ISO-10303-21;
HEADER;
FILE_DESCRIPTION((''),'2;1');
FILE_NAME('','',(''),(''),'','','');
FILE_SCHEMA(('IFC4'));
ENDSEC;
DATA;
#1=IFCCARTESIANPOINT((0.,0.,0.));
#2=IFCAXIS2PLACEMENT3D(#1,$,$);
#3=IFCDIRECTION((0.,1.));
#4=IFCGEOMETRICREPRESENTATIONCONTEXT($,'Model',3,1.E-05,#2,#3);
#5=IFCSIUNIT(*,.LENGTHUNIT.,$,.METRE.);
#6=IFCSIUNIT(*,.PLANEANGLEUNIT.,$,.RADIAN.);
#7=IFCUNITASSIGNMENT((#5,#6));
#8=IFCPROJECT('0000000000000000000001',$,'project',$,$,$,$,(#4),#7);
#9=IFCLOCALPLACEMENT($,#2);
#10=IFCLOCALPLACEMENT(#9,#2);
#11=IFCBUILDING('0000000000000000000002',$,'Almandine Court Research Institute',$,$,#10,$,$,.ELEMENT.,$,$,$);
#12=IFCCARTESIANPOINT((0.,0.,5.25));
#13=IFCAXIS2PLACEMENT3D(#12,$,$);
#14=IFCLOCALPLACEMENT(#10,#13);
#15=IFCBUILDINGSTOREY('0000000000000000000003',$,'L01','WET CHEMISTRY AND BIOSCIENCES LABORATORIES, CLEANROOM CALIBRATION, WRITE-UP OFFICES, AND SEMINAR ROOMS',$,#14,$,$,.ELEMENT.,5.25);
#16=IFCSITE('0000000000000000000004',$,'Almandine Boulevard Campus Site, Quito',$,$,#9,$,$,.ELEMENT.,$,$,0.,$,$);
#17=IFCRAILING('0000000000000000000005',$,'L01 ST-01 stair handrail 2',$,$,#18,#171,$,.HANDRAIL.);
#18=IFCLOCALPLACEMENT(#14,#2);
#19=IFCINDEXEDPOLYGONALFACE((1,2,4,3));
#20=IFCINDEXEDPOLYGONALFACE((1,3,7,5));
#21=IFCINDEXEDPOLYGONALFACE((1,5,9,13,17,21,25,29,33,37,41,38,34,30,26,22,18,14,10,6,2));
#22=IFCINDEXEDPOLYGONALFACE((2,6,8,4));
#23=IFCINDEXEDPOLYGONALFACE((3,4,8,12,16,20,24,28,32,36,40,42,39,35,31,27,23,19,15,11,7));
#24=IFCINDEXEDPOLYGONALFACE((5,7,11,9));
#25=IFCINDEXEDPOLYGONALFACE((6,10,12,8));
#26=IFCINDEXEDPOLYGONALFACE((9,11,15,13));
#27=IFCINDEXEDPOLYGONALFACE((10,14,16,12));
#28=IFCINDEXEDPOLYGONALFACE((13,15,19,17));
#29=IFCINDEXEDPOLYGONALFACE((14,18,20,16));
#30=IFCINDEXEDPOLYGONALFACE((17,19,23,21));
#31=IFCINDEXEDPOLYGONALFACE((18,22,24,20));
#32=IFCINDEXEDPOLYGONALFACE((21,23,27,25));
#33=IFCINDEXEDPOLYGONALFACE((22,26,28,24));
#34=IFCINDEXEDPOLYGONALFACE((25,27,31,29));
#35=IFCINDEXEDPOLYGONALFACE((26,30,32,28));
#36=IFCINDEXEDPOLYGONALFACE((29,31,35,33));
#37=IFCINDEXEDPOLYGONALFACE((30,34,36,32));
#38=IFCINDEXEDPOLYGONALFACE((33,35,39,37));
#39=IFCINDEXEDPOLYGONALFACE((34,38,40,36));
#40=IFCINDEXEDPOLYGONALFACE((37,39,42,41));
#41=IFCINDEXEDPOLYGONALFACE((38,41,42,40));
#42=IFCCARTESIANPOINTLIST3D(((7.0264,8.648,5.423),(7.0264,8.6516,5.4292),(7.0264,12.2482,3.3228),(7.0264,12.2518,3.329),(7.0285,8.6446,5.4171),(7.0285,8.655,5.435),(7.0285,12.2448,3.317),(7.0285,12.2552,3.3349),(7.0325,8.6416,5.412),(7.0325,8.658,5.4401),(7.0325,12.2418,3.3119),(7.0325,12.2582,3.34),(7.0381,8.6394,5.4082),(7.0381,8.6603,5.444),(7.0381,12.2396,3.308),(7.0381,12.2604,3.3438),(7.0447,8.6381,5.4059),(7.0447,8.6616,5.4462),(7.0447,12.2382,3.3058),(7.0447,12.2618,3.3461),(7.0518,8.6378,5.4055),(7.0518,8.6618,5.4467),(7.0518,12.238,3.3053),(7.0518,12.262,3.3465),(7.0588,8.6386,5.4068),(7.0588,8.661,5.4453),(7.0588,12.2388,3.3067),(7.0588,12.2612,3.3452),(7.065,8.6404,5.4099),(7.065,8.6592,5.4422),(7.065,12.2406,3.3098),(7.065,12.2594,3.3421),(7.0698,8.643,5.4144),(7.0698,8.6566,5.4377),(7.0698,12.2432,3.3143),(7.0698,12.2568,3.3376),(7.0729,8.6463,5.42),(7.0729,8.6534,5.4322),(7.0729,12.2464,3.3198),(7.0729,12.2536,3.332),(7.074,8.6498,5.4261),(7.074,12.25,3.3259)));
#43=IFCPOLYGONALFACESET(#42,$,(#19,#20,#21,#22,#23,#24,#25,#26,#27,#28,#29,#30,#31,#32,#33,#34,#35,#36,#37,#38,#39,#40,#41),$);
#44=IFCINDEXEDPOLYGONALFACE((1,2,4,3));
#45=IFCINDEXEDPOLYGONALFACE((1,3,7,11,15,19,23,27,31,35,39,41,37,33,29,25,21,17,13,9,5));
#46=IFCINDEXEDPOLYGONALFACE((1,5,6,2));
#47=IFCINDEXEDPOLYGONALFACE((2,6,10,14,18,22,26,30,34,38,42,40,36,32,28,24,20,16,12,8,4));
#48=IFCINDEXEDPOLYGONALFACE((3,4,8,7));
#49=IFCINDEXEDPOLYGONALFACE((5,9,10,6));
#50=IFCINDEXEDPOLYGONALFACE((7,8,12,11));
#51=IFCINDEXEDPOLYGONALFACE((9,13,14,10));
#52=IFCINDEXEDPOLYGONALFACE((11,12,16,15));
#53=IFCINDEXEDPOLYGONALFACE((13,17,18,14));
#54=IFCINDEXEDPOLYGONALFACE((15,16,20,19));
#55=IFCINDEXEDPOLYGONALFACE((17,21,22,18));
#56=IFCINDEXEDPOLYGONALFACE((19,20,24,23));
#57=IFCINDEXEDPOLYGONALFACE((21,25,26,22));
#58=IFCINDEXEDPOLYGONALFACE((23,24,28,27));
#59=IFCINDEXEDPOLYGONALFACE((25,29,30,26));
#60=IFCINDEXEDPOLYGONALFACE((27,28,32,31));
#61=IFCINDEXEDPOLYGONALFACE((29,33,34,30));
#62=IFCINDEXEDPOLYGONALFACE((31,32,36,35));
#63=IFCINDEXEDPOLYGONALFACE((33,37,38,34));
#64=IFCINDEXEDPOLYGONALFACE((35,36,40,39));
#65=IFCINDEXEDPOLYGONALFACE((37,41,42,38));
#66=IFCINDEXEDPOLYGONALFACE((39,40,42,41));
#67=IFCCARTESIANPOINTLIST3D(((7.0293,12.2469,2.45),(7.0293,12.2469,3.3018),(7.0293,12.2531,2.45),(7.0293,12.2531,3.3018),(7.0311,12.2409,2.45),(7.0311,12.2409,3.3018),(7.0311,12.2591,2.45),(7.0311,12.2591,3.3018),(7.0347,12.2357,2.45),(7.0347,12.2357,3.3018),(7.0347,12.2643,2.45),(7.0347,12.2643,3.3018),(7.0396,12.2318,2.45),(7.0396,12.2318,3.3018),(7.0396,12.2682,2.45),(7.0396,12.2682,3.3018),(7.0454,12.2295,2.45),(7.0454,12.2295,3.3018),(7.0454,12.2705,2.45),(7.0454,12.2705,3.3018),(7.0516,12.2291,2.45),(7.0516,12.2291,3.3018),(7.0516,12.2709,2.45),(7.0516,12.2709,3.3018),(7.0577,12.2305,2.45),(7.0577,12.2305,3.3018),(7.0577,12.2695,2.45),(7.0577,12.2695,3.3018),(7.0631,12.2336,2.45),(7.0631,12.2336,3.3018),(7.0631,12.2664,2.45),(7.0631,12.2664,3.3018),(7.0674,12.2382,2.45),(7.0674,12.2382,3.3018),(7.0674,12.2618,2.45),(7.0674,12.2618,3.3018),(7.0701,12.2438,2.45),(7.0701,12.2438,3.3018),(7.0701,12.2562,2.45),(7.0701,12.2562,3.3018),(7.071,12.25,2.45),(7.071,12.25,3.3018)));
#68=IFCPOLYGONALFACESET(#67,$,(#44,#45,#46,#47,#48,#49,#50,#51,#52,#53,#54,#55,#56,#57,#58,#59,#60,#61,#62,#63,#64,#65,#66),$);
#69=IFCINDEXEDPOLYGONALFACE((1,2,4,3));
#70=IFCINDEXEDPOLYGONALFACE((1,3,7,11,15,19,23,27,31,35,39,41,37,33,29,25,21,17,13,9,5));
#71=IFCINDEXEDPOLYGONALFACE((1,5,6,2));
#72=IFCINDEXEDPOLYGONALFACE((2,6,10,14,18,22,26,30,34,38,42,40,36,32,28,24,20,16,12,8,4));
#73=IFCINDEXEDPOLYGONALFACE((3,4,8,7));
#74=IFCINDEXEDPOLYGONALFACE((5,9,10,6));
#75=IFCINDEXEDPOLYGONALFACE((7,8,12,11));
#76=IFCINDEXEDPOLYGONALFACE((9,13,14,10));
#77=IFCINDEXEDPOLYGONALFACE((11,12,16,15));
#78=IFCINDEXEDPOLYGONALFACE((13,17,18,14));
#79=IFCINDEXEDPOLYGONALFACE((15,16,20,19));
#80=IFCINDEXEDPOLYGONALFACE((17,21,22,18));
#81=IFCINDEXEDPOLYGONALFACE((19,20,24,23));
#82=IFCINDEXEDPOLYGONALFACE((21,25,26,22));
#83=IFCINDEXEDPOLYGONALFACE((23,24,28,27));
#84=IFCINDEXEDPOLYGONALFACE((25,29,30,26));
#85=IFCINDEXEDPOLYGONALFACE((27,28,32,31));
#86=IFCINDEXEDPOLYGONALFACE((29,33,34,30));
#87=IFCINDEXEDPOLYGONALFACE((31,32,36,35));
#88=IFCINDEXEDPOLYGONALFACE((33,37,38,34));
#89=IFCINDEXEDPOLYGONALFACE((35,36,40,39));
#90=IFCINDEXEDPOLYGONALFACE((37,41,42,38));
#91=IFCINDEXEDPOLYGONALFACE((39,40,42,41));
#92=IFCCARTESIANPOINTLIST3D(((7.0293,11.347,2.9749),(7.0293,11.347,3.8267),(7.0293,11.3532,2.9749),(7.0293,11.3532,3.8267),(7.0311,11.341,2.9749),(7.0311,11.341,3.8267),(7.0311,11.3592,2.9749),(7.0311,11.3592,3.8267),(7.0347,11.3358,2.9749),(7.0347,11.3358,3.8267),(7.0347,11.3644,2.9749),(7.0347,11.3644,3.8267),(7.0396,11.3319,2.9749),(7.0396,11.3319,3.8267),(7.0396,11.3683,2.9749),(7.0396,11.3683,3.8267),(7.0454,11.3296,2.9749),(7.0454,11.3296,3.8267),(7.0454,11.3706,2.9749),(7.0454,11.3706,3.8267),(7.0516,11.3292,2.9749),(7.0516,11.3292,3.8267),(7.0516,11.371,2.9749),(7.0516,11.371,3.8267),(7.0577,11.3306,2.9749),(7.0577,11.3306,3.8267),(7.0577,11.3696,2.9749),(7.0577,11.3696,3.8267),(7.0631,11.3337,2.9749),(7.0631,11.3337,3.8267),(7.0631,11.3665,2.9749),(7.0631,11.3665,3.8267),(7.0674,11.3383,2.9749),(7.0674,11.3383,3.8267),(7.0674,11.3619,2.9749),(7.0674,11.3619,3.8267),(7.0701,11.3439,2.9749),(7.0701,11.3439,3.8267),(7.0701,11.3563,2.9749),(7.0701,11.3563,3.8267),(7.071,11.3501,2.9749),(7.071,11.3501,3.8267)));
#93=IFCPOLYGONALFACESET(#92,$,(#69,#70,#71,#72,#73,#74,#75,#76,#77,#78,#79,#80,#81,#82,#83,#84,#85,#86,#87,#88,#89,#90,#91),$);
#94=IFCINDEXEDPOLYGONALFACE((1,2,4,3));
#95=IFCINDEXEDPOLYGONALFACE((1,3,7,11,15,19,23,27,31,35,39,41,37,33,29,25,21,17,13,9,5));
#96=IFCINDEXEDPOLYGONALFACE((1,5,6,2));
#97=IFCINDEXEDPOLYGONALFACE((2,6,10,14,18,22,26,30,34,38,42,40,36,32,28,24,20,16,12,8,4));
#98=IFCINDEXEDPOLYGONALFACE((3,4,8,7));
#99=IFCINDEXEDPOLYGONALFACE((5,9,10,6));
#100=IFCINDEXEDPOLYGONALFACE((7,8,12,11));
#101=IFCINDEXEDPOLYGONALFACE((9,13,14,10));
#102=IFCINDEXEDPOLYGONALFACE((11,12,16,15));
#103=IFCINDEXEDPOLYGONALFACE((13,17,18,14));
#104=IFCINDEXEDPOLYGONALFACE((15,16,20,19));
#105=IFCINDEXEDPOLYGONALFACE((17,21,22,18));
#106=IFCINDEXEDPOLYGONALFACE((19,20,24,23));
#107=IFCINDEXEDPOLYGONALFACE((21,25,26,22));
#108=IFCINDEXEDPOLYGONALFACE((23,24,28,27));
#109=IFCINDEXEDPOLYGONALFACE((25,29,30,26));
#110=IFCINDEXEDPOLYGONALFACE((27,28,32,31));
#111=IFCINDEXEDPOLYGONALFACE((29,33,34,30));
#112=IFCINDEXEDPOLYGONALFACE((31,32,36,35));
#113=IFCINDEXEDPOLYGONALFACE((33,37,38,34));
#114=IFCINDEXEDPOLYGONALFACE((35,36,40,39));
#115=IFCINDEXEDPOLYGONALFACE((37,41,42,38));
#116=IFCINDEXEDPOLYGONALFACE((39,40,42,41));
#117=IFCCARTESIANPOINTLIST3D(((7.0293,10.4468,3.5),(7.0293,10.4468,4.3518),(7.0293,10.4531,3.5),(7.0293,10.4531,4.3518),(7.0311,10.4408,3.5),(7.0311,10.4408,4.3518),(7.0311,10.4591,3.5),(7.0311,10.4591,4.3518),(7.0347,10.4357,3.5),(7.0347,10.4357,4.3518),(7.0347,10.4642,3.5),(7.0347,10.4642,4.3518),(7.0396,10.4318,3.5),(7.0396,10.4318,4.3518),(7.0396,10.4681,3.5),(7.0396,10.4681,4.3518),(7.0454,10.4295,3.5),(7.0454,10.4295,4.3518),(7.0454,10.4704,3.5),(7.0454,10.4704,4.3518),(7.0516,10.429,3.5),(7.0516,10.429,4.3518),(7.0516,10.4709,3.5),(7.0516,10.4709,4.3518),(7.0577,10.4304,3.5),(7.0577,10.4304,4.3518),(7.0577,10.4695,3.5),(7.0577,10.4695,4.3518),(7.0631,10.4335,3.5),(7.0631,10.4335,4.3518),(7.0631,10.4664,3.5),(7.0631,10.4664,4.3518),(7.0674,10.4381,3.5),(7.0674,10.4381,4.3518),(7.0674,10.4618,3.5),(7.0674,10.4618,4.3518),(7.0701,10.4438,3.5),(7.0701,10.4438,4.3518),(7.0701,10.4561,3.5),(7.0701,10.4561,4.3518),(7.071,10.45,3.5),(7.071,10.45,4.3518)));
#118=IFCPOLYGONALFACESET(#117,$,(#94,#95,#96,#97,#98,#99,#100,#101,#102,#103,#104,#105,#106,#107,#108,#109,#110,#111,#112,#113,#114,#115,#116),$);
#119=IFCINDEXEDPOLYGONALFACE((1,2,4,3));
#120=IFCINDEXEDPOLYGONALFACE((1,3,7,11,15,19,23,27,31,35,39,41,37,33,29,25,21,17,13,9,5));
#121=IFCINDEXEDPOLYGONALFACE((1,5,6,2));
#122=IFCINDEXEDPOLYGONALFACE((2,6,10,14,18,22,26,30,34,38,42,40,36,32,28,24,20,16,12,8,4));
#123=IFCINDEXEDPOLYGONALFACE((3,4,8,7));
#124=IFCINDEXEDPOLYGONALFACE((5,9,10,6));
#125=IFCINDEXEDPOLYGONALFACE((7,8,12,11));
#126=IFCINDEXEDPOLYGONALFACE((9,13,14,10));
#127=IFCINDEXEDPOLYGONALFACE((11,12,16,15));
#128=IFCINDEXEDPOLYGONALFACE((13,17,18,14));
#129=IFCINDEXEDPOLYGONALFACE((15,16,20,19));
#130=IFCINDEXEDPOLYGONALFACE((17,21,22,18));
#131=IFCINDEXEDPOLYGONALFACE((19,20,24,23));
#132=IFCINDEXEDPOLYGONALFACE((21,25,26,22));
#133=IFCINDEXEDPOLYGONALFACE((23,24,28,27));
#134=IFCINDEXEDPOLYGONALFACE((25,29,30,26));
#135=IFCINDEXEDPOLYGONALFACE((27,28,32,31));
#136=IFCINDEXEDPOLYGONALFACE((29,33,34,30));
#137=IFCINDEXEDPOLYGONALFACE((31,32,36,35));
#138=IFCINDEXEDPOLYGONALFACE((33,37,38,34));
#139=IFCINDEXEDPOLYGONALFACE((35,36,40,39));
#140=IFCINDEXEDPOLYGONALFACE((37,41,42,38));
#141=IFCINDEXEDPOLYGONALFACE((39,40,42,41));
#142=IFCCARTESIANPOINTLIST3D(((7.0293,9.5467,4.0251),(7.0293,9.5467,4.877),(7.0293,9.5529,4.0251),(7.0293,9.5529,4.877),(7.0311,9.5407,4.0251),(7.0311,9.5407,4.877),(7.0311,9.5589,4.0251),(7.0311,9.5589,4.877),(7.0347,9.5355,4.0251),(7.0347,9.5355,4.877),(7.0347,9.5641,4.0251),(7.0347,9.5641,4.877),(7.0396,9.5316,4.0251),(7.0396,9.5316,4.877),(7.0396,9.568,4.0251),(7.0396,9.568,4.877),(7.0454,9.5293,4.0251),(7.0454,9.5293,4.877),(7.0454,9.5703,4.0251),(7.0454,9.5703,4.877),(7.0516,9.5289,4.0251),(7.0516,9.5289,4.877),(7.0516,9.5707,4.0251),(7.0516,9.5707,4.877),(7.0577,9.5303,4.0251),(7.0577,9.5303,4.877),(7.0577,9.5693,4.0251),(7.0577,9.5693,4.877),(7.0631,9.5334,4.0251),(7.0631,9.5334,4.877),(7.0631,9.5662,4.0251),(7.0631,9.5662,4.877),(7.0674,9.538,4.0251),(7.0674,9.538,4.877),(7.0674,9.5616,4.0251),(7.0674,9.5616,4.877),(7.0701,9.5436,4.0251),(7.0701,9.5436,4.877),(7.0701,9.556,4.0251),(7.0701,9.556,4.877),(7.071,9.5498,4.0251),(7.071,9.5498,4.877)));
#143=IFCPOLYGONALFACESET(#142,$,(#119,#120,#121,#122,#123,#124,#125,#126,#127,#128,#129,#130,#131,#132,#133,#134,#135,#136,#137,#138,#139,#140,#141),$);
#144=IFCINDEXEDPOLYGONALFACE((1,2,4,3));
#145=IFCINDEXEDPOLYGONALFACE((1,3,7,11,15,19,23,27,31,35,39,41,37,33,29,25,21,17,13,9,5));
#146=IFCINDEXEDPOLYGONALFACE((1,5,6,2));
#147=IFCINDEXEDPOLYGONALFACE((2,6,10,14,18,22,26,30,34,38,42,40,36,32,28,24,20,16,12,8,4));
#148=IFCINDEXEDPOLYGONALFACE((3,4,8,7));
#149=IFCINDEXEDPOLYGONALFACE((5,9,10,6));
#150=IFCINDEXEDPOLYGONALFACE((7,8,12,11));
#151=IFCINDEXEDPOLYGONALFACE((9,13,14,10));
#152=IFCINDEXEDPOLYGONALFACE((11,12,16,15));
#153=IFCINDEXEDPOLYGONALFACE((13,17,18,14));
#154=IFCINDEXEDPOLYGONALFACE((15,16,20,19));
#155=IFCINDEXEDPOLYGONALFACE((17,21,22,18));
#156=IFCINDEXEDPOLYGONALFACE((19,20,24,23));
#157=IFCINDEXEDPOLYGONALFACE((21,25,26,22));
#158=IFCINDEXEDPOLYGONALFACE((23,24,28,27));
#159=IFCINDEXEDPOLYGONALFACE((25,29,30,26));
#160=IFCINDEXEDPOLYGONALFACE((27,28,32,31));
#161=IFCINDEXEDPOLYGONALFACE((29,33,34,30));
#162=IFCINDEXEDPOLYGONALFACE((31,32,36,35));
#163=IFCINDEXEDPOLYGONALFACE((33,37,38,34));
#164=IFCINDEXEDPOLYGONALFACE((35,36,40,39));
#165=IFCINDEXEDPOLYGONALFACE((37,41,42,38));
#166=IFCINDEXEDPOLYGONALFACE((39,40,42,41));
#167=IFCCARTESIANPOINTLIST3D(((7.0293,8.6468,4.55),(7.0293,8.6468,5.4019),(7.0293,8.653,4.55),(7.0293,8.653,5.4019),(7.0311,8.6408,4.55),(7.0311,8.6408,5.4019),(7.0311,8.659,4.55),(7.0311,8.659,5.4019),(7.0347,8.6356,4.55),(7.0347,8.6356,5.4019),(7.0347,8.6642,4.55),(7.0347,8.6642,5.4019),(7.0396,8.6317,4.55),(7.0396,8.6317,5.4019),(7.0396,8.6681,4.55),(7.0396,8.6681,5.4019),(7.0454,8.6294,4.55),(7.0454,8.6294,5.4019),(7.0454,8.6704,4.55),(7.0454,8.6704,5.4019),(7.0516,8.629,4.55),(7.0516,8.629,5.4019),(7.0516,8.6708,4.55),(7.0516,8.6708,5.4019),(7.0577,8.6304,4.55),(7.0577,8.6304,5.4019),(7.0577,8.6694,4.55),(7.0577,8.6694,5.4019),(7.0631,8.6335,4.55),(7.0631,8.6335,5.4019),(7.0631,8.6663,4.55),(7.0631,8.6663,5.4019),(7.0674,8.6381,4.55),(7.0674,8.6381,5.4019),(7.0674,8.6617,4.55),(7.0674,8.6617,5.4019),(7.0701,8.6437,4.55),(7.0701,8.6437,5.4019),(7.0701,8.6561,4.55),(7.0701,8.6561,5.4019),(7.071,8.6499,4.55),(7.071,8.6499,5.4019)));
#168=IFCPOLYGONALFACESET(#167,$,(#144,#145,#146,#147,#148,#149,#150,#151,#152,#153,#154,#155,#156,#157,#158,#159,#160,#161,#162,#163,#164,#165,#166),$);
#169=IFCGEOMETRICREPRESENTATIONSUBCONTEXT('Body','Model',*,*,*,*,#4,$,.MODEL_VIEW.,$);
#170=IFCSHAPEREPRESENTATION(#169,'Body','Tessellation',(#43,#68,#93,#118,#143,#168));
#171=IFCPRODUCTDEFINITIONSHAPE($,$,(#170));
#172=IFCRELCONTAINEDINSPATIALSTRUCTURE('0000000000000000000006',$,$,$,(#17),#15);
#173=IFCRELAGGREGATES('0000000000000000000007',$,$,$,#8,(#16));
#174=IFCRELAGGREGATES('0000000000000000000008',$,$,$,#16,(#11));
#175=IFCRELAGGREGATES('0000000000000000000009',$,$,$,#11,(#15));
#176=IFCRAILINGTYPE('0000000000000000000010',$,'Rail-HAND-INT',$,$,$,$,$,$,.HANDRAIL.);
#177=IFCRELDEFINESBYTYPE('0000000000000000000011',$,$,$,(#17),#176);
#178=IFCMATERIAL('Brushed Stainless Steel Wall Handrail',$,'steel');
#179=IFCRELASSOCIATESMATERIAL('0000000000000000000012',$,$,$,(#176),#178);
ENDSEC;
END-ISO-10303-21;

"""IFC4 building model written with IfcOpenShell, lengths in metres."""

from ifc_helpers import new_model, si_unit, direction, frame, origin, origin_2d, place, context, subcontext, project, spatial, circle, extrude, material, type_object, element, save


model = new_model("IFC4")

# Units and contexts
model_context = context("Model", 3, precision=1e-05, world=origin(), true_north=direction((0.0, 1.0)))
body_context = subcontext(model_context, "Body", "Model", "MODEL_VIEW")
ifc_project = project(units=[si_unit("LENGTHUNIT", "METRE"), si_unit("PLANEANGLEUNIT", "RADIAN")], contexts=[model_context])

# Site, building, storey
site_placement = place(None, origin())
site = spatial("IfcSite", under=ifc_project, at=site_placement, Name="Almandine Boulevard Campus Site, Quito", CompositionType="ELEMENT", RefElevation=0.0)
building_placement = place(site_placement, origin())
building = spatial("IfcBuilding", under=site, at=building_placement, Name="Almandine Court Research Institute", CompositionType="ELEMENT")
storey_placement = place(building_placement, frame((0.0, 0.0, 5.25)))
storey = spatial("IfcBuildingStorey", under=building, at=storey_placement, Name="L01", Description="WET CHEMISTRY AND BIOSCIENCES LABORATORIES, CLEANROOM CALIBRATION, WRITE-UP OFFICES, AND SEMINAR ROOMS", CompositionType="ELEMENT", Elevation=5.25)

# Railing
ifc_material_1 = material(Name="Brushed Stainless Steel Wall Handrail", Category="steel")
railing_type = type_object("IfcRailingType", Name="Rail-HAND-INT", PredefinedType="HANDRAIL", material=ifc_material_1)
railing_placement = place(storey_placement, frame((7.05, 12.25, 2.45)))
element("IfcRailing", 1, at=railing_placement, inside=storey, type_object=railing_type, Name="L01 ST-01 stair handrail 2", PredefinedType="HANDRAIL", context=body_context, shape_type="SweptSolid", body=[
    extrude(circle(Radius=0.0239, at=origin_2d()), frame((0.0, 0.0, 0.876), z_axis=(0.0, -0.863775, 0.503878), x_axis=(1.0, 0.0, 0.0)), (0.0, 0.0, 1.0), 4.168),
    extrude(circle(Radius=0.021, at=origin_2d()), origin(), (0.0, 0.0, 1.0), 0.8518),
    extrude(circle(Radius=0.021, at=origin_2d()), frame((0.0, -0.8999, 0.5249)), (0.0, 0.0, 1.0), 0.8518),
    extrude(circle(Radius=0.021, at=origin_2d()), frame((0.0, -1.8, 1.05)), (0.0, 0.0, 1.0), 0.8518),
    extrude(circle(Radius=0.021, at=origin_2d()), frame((0.0, -2.7002, 1.5752)), (0.0, 0.0, 1.0), 0.8518),
    extrude(circle(Radius=0.021, at=origin_2d()), frame((0.0, -3.6001, 2.1001)), (0.0, 0.0, 1.0), 0.8518),
])

save(model, "model.ifc")
